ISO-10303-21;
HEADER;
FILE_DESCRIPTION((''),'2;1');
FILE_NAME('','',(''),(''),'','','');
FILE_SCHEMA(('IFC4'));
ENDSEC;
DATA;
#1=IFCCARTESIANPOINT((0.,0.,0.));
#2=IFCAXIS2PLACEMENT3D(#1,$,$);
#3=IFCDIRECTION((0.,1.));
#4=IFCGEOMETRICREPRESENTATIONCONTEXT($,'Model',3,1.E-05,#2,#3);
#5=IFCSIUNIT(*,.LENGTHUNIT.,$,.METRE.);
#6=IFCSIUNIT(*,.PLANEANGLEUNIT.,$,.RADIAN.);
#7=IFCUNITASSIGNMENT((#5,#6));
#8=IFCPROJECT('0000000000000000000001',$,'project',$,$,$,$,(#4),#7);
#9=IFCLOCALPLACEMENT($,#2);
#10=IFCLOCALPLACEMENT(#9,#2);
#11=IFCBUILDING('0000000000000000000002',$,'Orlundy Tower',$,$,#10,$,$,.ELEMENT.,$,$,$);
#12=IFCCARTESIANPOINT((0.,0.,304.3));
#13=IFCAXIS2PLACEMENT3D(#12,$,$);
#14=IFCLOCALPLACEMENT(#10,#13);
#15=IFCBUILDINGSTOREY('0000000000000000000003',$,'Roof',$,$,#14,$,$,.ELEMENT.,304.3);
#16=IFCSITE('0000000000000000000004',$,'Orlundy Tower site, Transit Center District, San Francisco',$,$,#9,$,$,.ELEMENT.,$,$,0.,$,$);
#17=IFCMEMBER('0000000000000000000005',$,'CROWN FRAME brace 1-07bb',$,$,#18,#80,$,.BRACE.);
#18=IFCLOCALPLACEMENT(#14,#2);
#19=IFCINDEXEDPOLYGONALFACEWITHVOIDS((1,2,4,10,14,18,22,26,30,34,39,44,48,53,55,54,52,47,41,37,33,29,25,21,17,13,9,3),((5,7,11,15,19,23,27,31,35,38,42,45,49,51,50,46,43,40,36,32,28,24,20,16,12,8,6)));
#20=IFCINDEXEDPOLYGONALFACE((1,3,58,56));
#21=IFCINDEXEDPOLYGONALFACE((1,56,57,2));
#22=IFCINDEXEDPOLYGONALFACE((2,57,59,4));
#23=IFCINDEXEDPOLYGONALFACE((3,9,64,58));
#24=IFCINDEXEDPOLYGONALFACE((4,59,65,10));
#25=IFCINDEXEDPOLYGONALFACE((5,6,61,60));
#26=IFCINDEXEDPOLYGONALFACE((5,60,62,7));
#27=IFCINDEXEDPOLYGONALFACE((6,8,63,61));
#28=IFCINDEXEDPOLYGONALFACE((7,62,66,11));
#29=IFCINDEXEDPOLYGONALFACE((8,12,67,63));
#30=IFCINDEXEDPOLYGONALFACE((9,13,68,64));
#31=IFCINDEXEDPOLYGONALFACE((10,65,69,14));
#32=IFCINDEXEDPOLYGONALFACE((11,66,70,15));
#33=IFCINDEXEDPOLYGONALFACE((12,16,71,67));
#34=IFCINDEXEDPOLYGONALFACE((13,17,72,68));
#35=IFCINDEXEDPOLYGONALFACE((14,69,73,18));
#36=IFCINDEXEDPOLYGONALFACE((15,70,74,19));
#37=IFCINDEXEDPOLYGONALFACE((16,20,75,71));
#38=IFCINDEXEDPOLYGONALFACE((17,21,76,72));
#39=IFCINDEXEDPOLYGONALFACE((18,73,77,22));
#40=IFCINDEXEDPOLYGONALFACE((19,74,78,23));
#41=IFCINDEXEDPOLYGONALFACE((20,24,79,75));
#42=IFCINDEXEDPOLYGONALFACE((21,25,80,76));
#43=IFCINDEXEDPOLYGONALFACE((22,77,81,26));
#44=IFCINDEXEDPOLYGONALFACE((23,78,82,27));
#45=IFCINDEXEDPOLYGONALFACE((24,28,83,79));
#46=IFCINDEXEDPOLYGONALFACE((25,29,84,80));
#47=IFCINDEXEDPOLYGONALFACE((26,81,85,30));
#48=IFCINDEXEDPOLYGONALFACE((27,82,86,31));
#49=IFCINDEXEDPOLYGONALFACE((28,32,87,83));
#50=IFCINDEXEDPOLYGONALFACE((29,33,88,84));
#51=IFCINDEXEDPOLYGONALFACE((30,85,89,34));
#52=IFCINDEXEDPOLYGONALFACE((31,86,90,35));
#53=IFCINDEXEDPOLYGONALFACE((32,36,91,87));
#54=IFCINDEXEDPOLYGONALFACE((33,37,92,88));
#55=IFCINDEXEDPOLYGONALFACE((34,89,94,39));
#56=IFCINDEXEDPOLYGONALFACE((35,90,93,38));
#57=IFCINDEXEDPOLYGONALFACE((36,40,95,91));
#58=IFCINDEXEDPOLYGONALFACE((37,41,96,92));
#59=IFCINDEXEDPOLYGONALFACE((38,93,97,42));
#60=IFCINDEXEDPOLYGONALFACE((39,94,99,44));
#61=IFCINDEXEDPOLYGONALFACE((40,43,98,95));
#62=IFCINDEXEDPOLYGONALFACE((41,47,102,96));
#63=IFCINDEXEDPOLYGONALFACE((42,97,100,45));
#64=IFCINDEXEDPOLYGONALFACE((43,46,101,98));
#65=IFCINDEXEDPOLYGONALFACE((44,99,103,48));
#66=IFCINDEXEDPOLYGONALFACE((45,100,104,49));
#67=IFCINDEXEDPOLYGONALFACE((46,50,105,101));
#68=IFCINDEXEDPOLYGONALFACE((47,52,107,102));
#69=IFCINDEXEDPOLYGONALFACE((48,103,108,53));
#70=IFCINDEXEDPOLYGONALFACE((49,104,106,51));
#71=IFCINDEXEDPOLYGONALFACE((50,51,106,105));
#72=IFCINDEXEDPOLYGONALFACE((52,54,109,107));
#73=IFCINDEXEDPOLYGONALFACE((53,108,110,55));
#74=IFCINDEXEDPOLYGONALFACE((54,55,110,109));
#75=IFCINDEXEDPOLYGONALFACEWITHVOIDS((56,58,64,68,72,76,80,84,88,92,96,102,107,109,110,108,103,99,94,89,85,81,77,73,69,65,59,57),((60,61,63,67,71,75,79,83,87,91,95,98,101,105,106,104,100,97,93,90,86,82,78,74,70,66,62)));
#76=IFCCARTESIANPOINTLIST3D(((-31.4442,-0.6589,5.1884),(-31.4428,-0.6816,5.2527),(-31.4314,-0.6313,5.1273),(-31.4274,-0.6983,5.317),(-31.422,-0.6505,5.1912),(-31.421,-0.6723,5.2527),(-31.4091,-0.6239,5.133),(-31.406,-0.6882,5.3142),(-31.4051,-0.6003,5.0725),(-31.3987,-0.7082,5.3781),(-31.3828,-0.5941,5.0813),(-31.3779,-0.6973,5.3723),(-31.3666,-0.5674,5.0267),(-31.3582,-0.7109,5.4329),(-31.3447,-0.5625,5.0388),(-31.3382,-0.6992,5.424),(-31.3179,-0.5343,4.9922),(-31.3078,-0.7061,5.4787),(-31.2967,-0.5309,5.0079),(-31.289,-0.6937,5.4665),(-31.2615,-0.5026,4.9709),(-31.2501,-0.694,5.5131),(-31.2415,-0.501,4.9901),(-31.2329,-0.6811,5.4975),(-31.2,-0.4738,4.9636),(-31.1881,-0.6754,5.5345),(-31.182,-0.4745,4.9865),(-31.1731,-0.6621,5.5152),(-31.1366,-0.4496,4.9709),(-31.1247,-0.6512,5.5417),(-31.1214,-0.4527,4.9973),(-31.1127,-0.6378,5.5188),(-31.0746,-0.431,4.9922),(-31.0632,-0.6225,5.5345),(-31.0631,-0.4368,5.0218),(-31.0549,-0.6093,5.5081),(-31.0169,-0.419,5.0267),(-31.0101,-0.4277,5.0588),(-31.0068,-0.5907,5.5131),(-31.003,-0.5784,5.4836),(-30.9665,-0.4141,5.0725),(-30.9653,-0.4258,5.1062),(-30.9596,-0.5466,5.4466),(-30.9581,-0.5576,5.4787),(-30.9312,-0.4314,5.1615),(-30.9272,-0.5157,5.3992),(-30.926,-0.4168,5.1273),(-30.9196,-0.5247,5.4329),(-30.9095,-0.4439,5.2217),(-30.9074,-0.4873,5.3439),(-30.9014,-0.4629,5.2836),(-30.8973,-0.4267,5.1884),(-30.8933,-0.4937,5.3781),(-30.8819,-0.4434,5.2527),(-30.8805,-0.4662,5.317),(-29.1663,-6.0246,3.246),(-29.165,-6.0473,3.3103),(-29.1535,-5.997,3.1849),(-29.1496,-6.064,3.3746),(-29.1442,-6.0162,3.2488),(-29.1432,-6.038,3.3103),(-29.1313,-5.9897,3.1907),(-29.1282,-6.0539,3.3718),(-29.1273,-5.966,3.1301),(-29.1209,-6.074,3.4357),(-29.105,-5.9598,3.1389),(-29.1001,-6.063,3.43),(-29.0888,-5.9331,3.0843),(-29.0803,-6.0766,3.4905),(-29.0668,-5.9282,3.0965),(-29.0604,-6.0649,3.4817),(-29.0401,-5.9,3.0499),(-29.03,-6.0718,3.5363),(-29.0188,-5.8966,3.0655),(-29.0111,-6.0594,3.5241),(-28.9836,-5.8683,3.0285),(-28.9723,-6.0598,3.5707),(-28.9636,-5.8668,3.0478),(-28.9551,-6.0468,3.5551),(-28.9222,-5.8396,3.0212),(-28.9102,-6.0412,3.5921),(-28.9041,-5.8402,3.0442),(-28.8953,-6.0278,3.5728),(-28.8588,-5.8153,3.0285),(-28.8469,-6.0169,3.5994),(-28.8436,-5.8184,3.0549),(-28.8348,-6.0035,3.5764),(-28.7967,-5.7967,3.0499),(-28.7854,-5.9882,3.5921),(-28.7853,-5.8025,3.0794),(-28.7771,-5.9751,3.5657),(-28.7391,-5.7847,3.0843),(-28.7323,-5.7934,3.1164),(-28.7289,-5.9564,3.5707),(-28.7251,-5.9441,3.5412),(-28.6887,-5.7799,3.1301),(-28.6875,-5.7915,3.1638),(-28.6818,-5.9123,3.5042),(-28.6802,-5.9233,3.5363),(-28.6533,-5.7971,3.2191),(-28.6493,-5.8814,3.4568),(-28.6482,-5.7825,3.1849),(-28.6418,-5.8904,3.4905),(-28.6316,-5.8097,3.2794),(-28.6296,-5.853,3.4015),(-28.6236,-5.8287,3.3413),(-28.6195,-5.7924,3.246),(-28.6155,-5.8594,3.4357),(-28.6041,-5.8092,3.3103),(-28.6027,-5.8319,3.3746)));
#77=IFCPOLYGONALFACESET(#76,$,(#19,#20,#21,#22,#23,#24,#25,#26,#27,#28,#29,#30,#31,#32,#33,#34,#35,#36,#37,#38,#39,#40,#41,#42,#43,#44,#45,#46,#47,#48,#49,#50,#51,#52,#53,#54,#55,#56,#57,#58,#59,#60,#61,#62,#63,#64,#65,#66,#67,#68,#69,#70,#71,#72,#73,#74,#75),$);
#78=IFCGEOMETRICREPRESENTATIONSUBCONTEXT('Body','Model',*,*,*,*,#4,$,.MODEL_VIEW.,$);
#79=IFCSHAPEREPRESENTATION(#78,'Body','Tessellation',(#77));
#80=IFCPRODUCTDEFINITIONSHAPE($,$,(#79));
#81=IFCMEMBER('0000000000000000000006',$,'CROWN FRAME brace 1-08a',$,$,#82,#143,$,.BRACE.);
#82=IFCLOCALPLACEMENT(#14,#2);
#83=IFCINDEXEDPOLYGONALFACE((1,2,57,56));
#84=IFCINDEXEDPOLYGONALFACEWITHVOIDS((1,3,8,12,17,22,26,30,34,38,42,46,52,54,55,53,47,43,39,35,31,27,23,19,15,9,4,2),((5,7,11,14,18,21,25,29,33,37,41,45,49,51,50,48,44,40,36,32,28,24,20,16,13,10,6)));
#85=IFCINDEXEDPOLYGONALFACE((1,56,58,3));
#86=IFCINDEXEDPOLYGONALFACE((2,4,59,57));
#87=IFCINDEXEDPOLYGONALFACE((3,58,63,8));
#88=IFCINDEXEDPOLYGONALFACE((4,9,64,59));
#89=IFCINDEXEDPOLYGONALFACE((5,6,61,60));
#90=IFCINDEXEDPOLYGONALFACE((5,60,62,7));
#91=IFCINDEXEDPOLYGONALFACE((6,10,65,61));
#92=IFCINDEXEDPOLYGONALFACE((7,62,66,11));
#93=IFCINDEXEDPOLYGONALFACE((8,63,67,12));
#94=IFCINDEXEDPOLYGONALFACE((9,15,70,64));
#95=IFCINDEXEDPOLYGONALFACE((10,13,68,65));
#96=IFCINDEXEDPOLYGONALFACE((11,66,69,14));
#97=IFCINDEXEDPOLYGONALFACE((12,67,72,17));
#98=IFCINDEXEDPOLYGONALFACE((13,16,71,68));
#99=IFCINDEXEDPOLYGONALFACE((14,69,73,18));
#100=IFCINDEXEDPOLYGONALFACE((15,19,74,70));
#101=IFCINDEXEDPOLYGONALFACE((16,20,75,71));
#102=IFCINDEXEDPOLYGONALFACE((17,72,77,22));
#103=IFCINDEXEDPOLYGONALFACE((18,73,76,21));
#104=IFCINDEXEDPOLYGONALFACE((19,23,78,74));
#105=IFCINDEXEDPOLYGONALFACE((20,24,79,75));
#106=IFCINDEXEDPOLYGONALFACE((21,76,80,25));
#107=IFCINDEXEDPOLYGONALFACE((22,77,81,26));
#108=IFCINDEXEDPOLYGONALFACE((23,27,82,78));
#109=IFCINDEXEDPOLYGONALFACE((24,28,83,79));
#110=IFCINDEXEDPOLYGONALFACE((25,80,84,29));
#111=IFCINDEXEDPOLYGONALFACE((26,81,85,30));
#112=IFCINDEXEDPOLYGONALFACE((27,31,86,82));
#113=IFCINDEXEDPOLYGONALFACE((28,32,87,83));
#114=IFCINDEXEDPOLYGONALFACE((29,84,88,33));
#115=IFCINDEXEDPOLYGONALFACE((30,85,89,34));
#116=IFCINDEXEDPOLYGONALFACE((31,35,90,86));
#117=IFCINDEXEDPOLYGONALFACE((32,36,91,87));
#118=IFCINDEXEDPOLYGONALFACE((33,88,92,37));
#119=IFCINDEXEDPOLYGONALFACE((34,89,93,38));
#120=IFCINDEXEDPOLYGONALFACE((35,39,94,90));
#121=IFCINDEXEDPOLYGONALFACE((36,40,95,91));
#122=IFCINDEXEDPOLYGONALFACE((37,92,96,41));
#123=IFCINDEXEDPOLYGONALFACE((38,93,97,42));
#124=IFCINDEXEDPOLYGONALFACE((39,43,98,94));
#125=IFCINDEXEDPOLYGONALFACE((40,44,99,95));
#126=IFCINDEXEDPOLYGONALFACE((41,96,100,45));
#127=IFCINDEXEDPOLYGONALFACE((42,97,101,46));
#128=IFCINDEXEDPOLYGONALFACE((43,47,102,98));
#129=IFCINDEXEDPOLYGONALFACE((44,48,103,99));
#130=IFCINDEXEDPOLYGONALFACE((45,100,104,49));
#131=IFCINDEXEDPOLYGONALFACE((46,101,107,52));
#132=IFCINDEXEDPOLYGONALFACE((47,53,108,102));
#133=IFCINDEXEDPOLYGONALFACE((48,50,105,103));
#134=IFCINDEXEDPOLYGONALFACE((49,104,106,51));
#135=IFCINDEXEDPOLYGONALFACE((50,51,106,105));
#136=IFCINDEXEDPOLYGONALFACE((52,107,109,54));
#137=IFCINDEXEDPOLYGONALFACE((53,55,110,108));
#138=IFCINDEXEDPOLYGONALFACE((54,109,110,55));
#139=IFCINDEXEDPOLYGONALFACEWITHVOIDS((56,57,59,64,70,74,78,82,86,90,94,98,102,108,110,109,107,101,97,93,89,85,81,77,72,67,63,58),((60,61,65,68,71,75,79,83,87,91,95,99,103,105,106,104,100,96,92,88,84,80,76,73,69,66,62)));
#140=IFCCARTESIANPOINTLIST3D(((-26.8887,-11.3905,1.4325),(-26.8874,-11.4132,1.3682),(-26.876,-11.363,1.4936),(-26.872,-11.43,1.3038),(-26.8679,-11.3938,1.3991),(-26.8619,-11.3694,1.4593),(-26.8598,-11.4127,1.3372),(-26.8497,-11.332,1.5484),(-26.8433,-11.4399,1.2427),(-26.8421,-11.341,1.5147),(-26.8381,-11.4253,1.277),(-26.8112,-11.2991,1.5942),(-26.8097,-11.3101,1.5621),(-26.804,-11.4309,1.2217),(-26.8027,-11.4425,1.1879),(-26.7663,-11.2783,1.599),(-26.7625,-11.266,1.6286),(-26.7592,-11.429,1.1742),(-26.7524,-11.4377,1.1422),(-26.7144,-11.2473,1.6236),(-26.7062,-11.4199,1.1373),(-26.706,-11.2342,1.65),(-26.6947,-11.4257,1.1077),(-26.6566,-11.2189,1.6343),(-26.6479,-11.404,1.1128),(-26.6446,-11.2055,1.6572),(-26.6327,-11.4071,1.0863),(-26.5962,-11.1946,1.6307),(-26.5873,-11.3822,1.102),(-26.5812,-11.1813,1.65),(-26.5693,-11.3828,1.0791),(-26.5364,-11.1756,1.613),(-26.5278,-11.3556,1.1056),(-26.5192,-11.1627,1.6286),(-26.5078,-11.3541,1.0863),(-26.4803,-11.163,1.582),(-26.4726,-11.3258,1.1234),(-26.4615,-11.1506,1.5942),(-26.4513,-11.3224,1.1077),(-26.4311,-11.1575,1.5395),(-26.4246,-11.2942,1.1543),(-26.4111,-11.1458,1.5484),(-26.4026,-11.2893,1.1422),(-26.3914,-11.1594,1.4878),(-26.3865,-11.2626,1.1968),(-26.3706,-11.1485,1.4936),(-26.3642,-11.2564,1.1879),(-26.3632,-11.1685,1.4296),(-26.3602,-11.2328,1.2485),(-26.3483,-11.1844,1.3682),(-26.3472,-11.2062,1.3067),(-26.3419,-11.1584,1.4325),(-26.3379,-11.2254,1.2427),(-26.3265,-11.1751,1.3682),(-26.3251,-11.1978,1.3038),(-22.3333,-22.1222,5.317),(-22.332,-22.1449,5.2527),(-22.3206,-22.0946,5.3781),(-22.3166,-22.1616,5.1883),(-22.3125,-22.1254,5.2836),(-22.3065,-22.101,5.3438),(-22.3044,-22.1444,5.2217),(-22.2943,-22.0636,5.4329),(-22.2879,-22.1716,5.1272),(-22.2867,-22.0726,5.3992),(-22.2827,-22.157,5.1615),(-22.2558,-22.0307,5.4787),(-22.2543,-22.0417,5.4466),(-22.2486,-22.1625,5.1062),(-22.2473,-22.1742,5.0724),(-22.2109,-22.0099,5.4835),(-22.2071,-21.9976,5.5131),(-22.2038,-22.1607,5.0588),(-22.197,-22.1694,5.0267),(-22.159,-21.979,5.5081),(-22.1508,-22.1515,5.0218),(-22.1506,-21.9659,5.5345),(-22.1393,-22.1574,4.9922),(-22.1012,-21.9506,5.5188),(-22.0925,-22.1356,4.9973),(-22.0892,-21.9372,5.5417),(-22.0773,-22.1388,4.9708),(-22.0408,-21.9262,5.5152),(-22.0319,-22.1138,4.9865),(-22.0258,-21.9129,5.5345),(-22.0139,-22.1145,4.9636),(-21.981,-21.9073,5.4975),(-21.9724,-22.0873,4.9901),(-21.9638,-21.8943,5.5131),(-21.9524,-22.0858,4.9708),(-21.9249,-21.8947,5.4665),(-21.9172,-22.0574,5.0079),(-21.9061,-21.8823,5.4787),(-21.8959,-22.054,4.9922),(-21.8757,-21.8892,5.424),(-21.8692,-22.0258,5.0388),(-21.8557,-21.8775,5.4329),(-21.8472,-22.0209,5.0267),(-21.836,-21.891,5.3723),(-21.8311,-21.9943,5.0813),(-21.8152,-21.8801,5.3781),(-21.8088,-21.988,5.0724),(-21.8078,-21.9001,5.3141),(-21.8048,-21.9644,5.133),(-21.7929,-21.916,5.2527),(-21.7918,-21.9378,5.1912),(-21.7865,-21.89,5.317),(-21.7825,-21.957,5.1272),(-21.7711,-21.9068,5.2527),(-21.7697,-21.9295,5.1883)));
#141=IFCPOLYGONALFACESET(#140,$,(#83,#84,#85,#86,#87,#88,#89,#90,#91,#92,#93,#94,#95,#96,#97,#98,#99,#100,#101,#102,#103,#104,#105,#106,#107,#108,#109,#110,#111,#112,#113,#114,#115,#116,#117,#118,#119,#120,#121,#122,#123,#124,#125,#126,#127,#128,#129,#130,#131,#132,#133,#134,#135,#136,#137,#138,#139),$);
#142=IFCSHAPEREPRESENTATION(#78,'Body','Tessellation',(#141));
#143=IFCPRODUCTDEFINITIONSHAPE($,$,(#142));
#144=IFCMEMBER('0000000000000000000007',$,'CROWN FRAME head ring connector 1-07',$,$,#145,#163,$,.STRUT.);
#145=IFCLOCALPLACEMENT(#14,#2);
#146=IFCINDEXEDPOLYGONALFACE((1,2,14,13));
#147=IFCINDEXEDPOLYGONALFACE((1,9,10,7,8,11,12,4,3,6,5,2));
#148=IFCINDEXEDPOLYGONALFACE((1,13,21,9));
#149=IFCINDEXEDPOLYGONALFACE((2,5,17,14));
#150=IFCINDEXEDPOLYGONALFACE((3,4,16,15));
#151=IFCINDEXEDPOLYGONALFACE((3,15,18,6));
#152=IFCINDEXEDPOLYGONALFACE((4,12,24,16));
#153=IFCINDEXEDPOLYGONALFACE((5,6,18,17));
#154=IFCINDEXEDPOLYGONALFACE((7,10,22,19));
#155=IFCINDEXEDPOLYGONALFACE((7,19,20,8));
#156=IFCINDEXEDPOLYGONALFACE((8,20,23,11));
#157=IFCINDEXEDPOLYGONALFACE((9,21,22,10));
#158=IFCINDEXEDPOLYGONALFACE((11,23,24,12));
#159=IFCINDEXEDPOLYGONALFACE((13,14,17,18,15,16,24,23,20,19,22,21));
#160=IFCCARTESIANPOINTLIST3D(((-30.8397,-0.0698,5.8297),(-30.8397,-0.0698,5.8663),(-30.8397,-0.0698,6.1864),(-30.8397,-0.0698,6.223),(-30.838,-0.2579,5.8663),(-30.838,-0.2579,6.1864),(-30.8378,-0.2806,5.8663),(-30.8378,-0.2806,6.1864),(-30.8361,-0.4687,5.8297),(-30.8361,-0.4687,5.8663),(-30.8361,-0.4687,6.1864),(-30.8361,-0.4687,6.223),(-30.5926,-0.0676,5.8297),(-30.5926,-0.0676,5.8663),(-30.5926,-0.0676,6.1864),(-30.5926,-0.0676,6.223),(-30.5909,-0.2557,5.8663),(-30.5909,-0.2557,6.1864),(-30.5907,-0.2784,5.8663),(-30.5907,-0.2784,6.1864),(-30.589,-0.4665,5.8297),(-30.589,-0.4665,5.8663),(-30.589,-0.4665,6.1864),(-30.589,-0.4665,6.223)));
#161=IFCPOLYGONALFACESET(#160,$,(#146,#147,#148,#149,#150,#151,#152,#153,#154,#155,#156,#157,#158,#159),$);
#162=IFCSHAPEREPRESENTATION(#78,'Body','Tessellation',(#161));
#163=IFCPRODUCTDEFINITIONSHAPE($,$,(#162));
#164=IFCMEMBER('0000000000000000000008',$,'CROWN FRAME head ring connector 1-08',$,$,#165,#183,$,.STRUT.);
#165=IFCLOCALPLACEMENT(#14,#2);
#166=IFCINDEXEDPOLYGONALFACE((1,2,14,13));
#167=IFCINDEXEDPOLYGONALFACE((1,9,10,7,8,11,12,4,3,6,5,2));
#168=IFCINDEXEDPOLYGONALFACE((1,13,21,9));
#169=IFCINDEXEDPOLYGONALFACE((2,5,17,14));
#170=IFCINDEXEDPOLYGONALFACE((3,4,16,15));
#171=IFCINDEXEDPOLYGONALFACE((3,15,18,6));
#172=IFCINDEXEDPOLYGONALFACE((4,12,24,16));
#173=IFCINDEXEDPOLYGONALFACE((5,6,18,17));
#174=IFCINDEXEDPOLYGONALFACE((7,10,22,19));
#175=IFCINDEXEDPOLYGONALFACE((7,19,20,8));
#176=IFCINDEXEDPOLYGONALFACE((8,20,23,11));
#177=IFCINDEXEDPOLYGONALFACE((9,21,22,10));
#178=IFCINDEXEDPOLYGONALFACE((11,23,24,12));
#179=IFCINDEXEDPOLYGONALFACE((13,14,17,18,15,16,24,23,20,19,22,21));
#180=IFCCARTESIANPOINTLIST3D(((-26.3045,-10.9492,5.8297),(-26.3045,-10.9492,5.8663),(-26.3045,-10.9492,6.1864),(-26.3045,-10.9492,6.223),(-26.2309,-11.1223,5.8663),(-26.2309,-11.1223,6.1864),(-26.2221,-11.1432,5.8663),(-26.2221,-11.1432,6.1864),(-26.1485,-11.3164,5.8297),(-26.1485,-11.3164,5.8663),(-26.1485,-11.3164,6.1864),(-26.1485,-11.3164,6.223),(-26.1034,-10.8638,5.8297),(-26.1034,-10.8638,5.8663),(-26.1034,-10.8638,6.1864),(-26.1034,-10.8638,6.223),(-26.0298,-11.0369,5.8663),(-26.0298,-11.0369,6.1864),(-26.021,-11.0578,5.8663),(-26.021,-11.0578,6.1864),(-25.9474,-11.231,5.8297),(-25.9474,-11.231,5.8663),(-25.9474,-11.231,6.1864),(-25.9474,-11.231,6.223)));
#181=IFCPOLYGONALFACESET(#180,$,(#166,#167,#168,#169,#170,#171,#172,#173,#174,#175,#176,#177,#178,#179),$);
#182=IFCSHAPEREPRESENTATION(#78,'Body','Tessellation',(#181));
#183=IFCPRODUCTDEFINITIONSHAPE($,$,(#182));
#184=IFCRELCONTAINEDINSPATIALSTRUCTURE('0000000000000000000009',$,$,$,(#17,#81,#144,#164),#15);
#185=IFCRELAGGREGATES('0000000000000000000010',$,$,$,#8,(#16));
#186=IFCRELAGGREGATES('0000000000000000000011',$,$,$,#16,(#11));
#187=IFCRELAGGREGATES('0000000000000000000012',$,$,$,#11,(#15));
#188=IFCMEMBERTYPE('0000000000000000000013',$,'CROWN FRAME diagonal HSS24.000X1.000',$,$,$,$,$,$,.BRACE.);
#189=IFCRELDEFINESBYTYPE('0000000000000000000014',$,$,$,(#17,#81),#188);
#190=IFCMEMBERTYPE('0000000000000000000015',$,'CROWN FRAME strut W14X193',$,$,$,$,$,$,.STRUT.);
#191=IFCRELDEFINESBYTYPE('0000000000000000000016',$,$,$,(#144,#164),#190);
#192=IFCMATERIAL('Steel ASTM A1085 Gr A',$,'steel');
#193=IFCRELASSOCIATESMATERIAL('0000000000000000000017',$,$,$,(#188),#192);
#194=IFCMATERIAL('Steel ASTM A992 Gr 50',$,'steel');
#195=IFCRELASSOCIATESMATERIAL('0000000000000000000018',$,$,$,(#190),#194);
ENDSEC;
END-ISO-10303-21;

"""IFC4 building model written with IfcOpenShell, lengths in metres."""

from ifc_helpers import new_model, si_unit, direction, frame, origin, origin_2d, place, context, subcontext, project, spatial, hollow_circle, i_section, extrude, material, material_profile, profile_set, type_object, element, save


model = new_model("IFC4")

# Units and contexts
model_context = context("Model", 3, precision=1e-05, world=origin(), true_north=direction((0.0, 1.0)))
body_context = subcontext(model_context, "Body", "Model", "MODEL_VIEW")
ifc_project = project(units=[si_unit("LENGTHUNIT", "METRE"), si_unit("PLANEANGLEUNIT", "RADIAN")], contexts=[model_context])

# Site, building, storey
site_placement = place(None, origin())
site = spatial("IfcSite", under=ifc_project, at=site_placement, Name="Orlundy Tower site, Transit Center District, San Francisco", CompositionType="ELEMENT", RefElevation=0.0)
building_placement = place(site_placement, origin())
building = spatial("IfcBuilding", under=site, at=building_placement, Name="Orlundy Tower", CompositionType="ELEMENT")
storey_placement = place(building_placement, frame((0.0, 0.0, 304.3)))
storey = spatial("IfcBuildingStorey", under=building, at=storey_placement, Name="Roof", CompositionType="ELEMENT", Elevation=304.3)

# Members
ifc_material_1 = material(Name="Steel ASTM A1085 Gr A", Category="steel")
ifc_material_profile_1 = material_profile(ifc_material_1, hollow_circle(Radius=0.3047, WallThickness=0.0237, at=origin_2d()), Name="HSS24.000X1.000")
ifc_profile_set_1 = profile_set([ifc_material_profile_1], Name="Steel ASTM A1085 Gr A")
member_type_1 = type_object("IfcMemberType", Name="CROWN FRAME diagonal HSS24.000X1.000", PredefinedType="BRACE", material=ifc_profile_set_1)
for number, where, z_axis, x_axis, name in (
    (1, (-28.8845, -5.9282, 3.3103), (-0.370723, 0.873285, 0.316128), (-0.920491, -0.390763, 0.0), "CROWN FRAME brace 1-07bb"),
):
    element("IfcMember", number, at=place(storey_placement, frame(where, z_axis=z_axis, x_axis=x_axis)), inside=storey, type_object=member_type_1, Name=name, PredefinedType="BRACE", context=body_context, shape_type="SweptSolid", body=[
        extrude(hollow_circle(Radius=0.3047, WallThickness=0.0237, at=origin_2d()), origin(), (0.0, 0.0, 1.0), 6.1443),
    ])
member_1_placement = place(storey_placement, frame((-26.6069, -11.2942, 1.3682), z_axis=(0.370702, -0.873302, 0.316107), x_axis=(0.920502, 0.390738, 0.0)))
element("IfcMember", 2, at=member_1_placement, inside=storey, type_object=member_type_1, Name="CROWN FRAME brace 1-08a", PredefinedType="BRACE", context=body_context, shape_type="SweptSolid", body=[
    extrude(hollow_circle(Radius=0.3047, WallThickness=0.0237, at=origin_2d()), origin(), (0.0, 0.0, 1.0), 12.2886),
])
ifc_material_2 = material(Name="Steel ASTM A992 Gr 50", Category="steel")
ifc_material_profile_2 = material_profile(ifc_material_2, i_section(OverallWidth=0.3989, OverallDepth=0.3933, WebThickness=0.0227, FlangeThickness=0.0366, at=origin_2d()), Name="W14X193")
ifc_profile_set_2 = profile_set([ifc_material_profile_2], Name="Steel ASTM A992 Gr 50")
member_type_2 = type_object("IfcMemberType", Name="CROWN FRAME strut W14X193", PredefinedType="STRUT", material=ifc_profile_set_2)
member_2_placement = place(storey_placement, frame((-30.5908, -0.2671, 6.0264), z_axis=(-0.99996, -0.008893, 0.0), x_axis=(0.008893, -0.99996, 0.0)))
element("IfcMember", 3, at=member_2_placement, inside=storey, type_object=member_type_2, Name="CROWN FRAME head ring connector 1-07", PredefinedType="STRUT", context=body_context, shape_type="SweptSolid", body=[
    extrude(i_section(OverallWidth=0.3989, OverallDepth=0.3933, WebThickness=0.0227, FlangeThickness=0.0366, at=origin_2d()), origin(), (0.0, 0.0, 1.0), 0.2471),
])
member_3_placement = place(storey_placement, frame((-26.0254, -11.0474, 6.0264), z_axis=(-0.920411, -0.390951, 0.0), x_axis=(0.390951, -0.920411, 0.0)))
element("IfcMember", 4, at=member_3_placement, inside=storey, type_object=member_type_2, Name="CROWN FRAME head ring connector 1-08", PredefinedType="STRUT", context=body_context, shape_type="SweptSolid", body=[
    extrude(i_section(OverallWidth=0.3989, OverallDepth=0.3933, WebThickness=0.0227, FlangeThickness=0.0366, at=origin_2d()), origin(), (0.0, 0.0, 1.0), 0.2185),
])

save(model, "model.ifc")
